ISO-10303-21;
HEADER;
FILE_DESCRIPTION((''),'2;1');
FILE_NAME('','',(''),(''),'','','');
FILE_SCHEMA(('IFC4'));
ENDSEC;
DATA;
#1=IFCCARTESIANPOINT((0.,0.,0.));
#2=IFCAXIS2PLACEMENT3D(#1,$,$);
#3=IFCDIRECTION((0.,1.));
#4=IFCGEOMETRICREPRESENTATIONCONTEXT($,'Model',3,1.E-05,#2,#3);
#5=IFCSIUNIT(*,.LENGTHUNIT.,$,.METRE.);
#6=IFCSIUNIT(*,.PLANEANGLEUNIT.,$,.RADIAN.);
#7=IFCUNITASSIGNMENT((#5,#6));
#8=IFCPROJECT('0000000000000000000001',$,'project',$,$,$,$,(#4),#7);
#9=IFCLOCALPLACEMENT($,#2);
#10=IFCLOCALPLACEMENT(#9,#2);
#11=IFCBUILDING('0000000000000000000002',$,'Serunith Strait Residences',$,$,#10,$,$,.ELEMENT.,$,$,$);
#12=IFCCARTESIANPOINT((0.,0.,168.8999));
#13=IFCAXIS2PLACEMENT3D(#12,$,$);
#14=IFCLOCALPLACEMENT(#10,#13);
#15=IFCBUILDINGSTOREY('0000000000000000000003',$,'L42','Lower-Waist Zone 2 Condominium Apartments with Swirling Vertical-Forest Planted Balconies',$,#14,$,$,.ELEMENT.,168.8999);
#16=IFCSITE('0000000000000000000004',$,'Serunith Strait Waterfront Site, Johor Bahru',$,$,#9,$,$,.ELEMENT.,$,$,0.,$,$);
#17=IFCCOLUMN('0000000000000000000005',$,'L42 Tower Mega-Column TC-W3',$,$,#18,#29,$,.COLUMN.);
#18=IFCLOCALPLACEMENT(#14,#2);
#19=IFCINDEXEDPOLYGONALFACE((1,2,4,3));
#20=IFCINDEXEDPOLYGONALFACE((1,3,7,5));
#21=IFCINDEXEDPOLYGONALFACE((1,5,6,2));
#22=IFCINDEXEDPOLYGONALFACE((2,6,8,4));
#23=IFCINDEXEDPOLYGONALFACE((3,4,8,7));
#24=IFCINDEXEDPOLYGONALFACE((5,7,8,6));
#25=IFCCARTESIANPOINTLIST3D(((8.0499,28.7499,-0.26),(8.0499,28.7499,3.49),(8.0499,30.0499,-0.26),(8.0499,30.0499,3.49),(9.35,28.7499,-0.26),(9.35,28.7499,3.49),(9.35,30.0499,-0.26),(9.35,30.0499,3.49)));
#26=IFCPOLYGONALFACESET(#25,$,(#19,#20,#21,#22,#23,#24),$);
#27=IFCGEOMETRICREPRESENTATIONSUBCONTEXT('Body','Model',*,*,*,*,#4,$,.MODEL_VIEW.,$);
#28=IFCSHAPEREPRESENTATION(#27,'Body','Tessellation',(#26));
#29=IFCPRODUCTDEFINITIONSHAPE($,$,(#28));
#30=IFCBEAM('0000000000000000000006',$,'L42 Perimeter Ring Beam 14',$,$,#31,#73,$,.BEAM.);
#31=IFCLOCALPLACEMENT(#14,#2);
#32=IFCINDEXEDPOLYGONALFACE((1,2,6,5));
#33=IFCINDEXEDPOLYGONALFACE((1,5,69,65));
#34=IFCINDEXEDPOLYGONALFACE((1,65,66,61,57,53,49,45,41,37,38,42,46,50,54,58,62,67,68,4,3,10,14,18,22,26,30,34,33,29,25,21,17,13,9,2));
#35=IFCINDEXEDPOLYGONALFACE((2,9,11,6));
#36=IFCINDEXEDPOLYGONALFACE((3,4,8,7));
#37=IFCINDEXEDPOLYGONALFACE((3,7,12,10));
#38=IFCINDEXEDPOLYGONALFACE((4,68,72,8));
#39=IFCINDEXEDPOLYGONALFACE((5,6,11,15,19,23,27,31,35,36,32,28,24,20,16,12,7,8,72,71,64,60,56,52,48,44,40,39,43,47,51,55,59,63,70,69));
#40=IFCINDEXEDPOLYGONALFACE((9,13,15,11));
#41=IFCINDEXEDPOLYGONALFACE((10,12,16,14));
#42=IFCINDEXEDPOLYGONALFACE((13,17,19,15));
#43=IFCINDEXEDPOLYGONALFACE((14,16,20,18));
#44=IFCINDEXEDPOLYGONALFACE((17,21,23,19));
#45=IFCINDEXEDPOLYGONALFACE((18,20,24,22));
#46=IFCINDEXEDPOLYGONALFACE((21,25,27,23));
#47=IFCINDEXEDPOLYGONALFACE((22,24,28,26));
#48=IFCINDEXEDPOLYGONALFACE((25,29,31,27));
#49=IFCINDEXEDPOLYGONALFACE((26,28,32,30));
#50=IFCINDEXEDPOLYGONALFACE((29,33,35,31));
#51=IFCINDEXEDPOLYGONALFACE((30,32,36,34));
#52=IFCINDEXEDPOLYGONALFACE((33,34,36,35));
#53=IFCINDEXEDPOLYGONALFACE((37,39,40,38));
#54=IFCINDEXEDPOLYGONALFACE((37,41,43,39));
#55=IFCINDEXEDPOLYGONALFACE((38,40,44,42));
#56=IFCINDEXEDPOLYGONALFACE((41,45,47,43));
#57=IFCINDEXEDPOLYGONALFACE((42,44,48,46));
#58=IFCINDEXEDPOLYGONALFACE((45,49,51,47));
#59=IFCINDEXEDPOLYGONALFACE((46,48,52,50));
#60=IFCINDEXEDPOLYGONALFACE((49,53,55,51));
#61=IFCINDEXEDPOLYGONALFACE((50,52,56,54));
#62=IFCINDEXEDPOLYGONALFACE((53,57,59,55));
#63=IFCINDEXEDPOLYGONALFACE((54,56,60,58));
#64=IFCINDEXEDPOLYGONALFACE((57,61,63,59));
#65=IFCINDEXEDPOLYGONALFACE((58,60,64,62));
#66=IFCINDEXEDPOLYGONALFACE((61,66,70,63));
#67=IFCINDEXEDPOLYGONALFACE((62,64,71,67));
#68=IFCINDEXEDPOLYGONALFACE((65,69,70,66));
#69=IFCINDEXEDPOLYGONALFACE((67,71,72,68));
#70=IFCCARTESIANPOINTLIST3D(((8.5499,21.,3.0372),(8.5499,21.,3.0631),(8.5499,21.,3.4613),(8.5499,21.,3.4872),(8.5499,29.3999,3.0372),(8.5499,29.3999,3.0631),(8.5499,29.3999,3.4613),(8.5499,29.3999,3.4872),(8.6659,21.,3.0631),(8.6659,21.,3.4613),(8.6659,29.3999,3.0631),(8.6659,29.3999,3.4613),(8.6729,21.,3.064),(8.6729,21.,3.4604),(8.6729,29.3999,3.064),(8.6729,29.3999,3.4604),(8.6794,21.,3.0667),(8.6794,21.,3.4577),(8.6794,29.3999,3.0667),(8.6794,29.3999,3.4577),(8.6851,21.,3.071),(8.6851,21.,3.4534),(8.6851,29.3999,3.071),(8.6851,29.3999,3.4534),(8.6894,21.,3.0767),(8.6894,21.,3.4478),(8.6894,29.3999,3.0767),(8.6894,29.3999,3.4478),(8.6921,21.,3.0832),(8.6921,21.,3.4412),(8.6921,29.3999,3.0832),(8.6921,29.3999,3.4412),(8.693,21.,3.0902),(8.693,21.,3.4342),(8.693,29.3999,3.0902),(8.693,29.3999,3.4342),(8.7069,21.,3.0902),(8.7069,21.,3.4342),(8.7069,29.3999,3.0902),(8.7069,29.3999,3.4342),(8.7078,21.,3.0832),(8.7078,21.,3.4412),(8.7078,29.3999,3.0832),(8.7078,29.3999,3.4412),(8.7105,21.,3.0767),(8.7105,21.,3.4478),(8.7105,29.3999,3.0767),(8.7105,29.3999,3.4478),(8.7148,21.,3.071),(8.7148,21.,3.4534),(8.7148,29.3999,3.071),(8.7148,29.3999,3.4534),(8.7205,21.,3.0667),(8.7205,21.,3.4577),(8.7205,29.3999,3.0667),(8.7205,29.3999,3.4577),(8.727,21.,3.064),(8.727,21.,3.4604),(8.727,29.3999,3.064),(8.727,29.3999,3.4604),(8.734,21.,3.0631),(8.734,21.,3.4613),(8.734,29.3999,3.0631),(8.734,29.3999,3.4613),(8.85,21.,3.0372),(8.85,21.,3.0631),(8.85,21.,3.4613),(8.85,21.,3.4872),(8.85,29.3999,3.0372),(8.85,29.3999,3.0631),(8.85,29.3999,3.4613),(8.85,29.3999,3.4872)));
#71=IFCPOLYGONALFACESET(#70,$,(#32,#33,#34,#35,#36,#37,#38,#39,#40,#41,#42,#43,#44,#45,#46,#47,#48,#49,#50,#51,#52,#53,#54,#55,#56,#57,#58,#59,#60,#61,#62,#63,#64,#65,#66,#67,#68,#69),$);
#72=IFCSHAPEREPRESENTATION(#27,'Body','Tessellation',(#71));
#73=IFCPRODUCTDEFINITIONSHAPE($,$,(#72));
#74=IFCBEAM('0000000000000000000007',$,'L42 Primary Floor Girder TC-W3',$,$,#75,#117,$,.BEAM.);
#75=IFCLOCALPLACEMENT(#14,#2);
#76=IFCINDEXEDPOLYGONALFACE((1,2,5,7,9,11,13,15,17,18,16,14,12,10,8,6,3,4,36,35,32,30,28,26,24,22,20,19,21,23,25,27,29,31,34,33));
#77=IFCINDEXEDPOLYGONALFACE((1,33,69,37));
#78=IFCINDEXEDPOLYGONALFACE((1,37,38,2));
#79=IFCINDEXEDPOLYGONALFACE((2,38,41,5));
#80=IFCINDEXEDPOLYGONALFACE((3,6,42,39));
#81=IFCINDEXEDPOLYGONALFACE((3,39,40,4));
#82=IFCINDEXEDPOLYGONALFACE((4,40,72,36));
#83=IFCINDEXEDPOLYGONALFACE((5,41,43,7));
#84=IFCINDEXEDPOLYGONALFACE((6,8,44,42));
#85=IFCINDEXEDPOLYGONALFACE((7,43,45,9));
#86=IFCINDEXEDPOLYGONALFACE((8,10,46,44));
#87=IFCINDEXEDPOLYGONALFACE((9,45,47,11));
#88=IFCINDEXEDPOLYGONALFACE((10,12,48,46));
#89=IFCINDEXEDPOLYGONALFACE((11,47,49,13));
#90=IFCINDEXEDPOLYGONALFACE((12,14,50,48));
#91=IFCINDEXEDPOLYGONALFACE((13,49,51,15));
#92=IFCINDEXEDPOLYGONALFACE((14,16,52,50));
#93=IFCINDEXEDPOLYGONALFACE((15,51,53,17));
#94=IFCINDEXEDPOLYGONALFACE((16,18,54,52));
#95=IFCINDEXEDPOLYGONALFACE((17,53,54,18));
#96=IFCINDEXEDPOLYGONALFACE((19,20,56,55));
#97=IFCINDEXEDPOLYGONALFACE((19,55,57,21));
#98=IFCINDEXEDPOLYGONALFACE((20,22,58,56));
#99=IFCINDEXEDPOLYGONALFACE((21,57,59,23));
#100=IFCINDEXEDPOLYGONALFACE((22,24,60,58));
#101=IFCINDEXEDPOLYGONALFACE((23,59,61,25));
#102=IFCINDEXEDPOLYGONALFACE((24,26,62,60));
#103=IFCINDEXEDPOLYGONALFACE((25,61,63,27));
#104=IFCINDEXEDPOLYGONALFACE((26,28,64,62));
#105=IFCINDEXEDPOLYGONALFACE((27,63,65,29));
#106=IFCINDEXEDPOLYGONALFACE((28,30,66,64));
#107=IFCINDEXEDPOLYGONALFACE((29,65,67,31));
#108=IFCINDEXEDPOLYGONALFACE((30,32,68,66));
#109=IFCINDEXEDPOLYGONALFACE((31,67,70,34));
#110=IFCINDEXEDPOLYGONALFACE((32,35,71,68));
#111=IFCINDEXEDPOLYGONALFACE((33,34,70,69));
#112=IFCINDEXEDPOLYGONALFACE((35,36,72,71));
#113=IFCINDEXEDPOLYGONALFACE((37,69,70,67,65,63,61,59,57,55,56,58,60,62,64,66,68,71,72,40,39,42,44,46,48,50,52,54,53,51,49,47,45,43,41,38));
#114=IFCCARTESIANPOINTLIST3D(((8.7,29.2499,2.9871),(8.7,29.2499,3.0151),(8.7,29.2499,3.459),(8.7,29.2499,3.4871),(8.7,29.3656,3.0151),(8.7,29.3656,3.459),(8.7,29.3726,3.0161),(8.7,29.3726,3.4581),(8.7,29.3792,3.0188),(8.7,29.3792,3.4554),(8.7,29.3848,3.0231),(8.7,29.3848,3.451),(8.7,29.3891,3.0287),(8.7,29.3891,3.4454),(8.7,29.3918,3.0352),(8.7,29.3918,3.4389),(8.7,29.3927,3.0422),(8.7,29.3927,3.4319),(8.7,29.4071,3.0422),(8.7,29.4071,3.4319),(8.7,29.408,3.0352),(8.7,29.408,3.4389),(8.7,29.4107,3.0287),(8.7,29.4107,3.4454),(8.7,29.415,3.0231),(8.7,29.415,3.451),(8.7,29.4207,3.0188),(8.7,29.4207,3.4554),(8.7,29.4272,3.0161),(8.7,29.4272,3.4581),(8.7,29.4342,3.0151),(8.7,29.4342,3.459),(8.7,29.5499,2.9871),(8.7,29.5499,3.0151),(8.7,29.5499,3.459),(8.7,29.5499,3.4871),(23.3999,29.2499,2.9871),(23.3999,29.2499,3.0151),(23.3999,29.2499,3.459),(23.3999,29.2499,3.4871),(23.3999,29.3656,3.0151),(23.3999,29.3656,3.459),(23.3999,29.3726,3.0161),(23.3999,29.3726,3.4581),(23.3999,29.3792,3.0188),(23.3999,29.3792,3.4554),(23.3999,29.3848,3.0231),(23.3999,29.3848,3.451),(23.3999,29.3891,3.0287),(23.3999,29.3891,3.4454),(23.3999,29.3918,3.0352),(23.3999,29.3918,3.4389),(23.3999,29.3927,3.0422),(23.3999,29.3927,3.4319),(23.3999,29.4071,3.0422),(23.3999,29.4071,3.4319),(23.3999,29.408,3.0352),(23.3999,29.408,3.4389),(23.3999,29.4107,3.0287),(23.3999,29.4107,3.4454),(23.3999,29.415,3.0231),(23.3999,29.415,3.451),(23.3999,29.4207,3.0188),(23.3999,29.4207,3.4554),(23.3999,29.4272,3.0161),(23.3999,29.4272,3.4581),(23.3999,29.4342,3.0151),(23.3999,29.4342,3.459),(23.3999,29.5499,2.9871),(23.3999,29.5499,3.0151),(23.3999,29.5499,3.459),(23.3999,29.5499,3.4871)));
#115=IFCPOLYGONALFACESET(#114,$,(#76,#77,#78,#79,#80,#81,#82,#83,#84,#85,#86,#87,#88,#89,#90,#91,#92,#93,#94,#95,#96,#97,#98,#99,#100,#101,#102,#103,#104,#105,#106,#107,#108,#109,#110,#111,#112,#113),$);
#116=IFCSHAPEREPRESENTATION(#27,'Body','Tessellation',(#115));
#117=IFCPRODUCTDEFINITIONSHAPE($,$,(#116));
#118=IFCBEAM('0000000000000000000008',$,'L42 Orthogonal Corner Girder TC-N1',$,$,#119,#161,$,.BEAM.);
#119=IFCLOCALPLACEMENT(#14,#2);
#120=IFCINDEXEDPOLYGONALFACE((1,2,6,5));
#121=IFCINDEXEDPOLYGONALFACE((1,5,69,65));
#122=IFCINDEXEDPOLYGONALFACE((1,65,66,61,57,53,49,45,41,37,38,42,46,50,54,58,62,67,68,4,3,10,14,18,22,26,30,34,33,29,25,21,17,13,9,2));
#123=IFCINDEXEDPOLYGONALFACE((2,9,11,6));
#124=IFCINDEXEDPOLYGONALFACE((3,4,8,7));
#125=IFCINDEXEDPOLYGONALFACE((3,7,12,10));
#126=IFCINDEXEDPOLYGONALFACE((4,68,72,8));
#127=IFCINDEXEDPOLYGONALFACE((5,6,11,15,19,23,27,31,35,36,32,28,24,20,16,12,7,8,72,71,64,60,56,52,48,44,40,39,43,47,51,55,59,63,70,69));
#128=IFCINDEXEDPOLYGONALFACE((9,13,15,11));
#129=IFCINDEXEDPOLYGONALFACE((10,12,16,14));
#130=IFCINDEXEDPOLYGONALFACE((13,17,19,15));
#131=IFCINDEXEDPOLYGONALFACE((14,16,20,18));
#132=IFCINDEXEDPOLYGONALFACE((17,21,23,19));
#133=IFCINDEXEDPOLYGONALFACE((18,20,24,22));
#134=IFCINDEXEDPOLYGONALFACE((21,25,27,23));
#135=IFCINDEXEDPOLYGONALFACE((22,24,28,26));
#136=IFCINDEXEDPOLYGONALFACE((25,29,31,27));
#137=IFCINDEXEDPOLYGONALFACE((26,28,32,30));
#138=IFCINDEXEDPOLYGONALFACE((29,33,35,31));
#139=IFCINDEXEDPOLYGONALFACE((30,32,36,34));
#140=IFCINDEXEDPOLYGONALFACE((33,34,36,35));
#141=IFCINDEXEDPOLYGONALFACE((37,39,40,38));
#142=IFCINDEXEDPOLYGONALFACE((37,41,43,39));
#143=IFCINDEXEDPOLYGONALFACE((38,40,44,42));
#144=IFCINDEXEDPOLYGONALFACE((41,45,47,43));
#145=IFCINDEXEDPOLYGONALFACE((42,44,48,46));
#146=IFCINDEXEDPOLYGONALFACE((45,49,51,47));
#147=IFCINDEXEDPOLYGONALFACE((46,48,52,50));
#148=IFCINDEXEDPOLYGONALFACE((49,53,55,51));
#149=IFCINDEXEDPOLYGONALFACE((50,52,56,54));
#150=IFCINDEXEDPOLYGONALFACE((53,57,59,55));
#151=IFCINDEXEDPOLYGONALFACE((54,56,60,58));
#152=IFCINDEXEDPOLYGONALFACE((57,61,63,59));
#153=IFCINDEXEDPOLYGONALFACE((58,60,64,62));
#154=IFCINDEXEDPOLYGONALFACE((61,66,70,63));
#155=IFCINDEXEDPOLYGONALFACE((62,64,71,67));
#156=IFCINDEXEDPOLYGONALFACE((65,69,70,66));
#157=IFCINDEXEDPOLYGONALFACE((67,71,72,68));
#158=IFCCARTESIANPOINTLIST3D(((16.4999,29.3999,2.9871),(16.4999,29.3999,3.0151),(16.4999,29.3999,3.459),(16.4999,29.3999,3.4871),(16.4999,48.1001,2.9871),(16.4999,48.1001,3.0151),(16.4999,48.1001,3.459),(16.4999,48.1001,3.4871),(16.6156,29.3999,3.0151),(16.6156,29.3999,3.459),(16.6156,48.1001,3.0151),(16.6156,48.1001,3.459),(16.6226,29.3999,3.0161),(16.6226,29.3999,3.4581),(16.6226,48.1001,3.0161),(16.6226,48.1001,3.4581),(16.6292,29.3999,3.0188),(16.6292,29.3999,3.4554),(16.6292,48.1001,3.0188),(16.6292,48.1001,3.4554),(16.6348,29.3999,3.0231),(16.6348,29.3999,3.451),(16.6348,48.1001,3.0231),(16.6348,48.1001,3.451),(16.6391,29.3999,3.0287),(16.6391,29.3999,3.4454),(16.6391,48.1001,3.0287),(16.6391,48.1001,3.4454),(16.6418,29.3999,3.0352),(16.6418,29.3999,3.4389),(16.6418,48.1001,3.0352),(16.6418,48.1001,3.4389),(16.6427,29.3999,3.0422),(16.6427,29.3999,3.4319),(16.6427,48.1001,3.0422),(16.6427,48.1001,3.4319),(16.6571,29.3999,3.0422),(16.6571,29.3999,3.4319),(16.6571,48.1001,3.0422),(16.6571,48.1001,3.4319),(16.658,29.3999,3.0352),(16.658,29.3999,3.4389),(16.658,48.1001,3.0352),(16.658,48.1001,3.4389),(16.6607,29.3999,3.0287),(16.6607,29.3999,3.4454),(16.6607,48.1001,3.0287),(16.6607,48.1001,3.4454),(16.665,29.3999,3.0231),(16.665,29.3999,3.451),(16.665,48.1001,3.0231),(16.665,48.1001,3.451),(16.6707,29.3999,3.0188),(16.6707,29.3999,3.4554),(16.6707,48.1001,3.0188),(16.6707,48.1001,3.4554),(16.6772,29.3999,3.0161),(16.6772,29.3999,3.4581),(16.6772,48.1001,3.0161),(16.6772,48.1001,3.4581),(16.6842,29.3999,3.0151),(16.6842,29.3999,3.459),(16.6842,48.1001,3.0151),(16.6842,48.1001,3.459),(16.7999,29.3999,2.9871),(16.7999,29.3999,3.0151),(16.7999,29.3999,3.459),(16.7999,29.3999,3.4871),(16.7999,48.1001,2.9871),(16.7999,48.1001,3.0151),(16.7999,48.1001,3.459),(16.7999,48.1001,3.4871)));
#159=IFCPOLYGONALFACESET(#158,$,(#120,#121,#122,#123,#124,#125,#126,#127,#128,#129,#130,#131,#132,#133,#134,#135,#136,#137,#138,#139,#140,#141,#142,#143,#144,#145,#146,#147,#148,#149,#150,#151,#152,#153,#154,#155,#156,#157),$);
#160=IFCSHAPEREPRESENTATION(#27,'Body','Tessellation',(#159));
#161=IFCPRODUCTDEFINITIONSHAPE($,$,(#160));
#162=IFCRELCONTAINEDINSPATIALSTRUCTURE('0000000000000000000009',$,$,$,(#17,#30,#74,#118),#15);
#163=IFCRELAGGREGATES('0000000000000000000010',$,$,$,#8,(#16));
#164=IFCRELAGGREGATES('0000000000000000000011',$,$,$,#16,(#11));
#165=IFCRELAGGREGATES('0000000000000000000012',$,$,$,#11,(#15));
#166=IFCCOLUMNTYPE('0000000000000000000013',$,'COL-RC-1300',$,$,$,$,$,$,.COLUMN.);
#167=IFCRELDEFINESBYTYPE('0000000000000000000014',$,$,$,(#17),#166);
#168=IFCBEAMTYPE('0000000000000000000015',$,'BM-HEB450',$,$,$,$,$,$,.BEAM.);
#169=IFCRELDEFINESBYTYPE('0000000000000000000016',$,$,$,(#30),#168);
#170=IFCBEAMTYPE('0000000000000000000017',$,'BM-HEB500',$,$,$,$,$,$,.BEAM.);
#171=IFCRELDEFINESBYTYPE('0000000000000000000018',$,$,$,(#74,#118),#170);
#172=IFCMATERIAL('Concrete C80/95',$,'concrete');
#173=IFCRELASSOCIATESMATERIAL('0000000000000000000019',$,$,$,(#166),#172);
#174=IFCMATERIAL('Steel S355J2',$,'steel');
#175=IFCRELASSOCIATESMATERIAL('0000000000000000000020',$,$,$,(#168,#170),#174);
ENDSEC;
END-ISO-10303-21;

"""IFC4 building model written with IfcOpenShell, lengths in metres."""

from ifc_helpers import new_model, si_unit, direction, frame, origin, origin_2d, place, context, subcontext, project, spatial, rectangle, i_section, extrude, source, transform, mapped, material, material_profile, profile_set, type_object, element, save


model = new_model("IFC4")

# Units and contexts
model_context = context("Model", 3, precision=1e-05, world=origin(), true_north=direction((0.0, 1.0)))
body_context = subcontext(model_context, "Body", "Model", "MODEL_VIEW")
ifc_project = project(units=[si_unit("LENGTHUNIT", "METRE"), si_unit("PLANEANGLEUNIT", "RADIAN")], contexts=[model_context])

# Site, building, storey
site_placement = place(None, origin())
site = spatial("IfcSite", under=ifc_project, at=site_placement, Name="Serunith Strait Waterfront Site, Johor Bahru", CompositionType="ELEMENT", RefElevation=0.0)
building_placement = place(site_placement, origin())
building = spatial("IfcBuilding", under=site, at=building_placement, Name="Serunith Strait Residences", CompositionType="ELEMENT")
storey_placement = place(building_placement, frame((0.0, 0.0, 168.8999)))
storey = spatial("IfcBuildingStorey", under=building, at=storey_placement, Name="L42", Description="Lower-Waist Zone 2 Condominium Apartments with Swirling Vertical-Forest Planted Balconies", CompositionType="ELEMENT", Elevation=168.8999)

# Column
ifc_material_1 = material(Name="Concrete C80/95", Category="concrete")
ifc_material_profile_1 = material_profile(ifc_material_1, rectangle(XDim=1.3, YDim=1.3, at=origin_2d()), Name="RC 1300x1300")
ifc_profile_set_1 = profile_set([ifc_material_profile_1], Name="Concrete C80/95")
column_type = type_object("IfcColumnType", Name="COL-RC-1300", PredefinedType="COLUMN", material=ifc_profile_set_1)
shared_shape_1 = source(origin(), body_context, "Body", "SweptSolid", [
    extrude(rectangle(XDim=1.3, YDim=1.3, at=origin_2d()), origin(), (0.0, 0.0, 1.0), 3.75),
])
column_placement = place(storey_placement, frame((8.7, 29.3999, -0.26), z_axis=(0.0, 0.0, 1.0), x_axis=(1.0, 0.0, 0.0)))
element("IfcColumn", 1, at=column_placement, inside=storey, type_object=column_type, Name="L42 Tower Mega-Column TC-W3", PredefinedType="COLUMN", context=body_context, shape_type="MappedRepresentation", body=[
    mapped(shared_shape_1, transform((0.0, 0.0, 0.0), scale=1.0)),
])

# Beams
ifc_material_2 = material(Name="Steel S355J2", Category="steel")
ifc_material_profile_2 = material_profile(ifc_material_2, i_section(OverallWidth=0.3, OverallDepth=0.45, WebThickness=0.0139, FlangeThickness=0.0259, FilletRadius=0.0271, at=origin_2d()), Name="HEB 450")
ifc_profile_set_2 = profile_set([ifc_material_profile_2], Name="Steel S355J2")
beam_type_1 = type_object("IfcBeamType", Name="BM-HEB450", PredefinedType="BEAM", material=ifc_profile_set_2)
shared_shape_2 = source(origin(), body_context, "Body", "SweptSolid", [
    extrude(i_section(OverallWidth=0.3, OverallDepth=0.45, WebThickness=0.0139, FlangeThickness=0.0259, FilletRadius=0.0271, at=origin_2d()), origin(), (0.0, 0.0, 1.0), 8.3999),
])
beam_1_placement = place(storey_placement, frame((8.7, 29.3999, 3.2622), z_axis=(0.0, -1.0, 0.0), x_axis=(1.0, 0.0, 0.0)))
element("IfcBeam", 2, at=beam_1_placement, inside=storey, type_object=beam_type_1, Name="L42 Perimeter Ring Beam 14", PredefinedType="BEAM", context=body_context, shape_type="MappedRepresentation", body=[
    mapped(shared_shape_2, transform((0.0, 0.0, 0.0), scale=1.0)),
])
ifc_material_profile_3 = material_profile(ifc_material_2, i_section(OverallWidth=0.3, OverallDepth=0.5, WebThickness=0.0144, FlangeThickness=0.0281, FilletRadius=0.0271, at=origin_2d()), Name="HEB 500")
ifc_profile_set_3 = profile_set([ifc_material_profile_3], Name="Steel S355J2")
beam_type_2 = type_object("IfcBeamType", Name="BM-HEB500", PredefinedType="BEAM", material=ifc_profile_set_3)
shared_shape_3 = source(origin(), body_context, "Body", "SweptSolid", [
    extrude(i_section(OverallWidth=0.3, OverallDepth=0.5, WebThickness=0.0144, FlangeThickness=0.0281, FilletRadius=0.0271, at=origin_2d()), origin(), (0.0, 0.0, 1.0), 14.7),
])
beam_2_placement = place(storey_placement, frame((23.3999, 29.3999, 3.2371), z_axis=(-1.0, 0.0, 0.0), x_axis=(0.0, -1.0, 0.0)))
element("IfcBeam", 3, at=beam_2_placement, inside=storey, type_object=beam_type_2, Name="L42 Primary Floor Girder TC-W3", PredefinedType="BEAM", context=body_context, shape_type="MappedRepresentation", body=[
    mapped(shared_shape_3, transform((0.0, 0.0, 0.0), scale=1.0)),
])
shared_shape_4 = source(origin(), body_context, "Body", "SweptSolid", [
    extrude(i_section(OverallWidth=0.3, OverallDepth=0.5, WebThickness=0.0144, FlangeThickness=0.0281, FilletRadius=0.0271, at=origin_2d()), origin(), (0.0, 0.0, 1.0), 18.7002),
])
beam_3_placement = place(storey_placement, frame((16.6499, 29.3999, 3.2371), z_axis=(0.0, 1.0, 0.0), x_axis=(-1.0, 0.0, 0.0)))
element("IfcBeam", 4, at=beam_3_placement, inside=storey, type_object=beam_type_2, Name="L42 Orthogonal Corner Girder TC-N1", PredefinedType="BEAM", context=body_context, shape_type="MappedRepresentation", body=[
    mapped(shared_shape_4, transform((0.0, 0.0, 0.0), scale=1.0)),
])

save(model, "model.ifc")
